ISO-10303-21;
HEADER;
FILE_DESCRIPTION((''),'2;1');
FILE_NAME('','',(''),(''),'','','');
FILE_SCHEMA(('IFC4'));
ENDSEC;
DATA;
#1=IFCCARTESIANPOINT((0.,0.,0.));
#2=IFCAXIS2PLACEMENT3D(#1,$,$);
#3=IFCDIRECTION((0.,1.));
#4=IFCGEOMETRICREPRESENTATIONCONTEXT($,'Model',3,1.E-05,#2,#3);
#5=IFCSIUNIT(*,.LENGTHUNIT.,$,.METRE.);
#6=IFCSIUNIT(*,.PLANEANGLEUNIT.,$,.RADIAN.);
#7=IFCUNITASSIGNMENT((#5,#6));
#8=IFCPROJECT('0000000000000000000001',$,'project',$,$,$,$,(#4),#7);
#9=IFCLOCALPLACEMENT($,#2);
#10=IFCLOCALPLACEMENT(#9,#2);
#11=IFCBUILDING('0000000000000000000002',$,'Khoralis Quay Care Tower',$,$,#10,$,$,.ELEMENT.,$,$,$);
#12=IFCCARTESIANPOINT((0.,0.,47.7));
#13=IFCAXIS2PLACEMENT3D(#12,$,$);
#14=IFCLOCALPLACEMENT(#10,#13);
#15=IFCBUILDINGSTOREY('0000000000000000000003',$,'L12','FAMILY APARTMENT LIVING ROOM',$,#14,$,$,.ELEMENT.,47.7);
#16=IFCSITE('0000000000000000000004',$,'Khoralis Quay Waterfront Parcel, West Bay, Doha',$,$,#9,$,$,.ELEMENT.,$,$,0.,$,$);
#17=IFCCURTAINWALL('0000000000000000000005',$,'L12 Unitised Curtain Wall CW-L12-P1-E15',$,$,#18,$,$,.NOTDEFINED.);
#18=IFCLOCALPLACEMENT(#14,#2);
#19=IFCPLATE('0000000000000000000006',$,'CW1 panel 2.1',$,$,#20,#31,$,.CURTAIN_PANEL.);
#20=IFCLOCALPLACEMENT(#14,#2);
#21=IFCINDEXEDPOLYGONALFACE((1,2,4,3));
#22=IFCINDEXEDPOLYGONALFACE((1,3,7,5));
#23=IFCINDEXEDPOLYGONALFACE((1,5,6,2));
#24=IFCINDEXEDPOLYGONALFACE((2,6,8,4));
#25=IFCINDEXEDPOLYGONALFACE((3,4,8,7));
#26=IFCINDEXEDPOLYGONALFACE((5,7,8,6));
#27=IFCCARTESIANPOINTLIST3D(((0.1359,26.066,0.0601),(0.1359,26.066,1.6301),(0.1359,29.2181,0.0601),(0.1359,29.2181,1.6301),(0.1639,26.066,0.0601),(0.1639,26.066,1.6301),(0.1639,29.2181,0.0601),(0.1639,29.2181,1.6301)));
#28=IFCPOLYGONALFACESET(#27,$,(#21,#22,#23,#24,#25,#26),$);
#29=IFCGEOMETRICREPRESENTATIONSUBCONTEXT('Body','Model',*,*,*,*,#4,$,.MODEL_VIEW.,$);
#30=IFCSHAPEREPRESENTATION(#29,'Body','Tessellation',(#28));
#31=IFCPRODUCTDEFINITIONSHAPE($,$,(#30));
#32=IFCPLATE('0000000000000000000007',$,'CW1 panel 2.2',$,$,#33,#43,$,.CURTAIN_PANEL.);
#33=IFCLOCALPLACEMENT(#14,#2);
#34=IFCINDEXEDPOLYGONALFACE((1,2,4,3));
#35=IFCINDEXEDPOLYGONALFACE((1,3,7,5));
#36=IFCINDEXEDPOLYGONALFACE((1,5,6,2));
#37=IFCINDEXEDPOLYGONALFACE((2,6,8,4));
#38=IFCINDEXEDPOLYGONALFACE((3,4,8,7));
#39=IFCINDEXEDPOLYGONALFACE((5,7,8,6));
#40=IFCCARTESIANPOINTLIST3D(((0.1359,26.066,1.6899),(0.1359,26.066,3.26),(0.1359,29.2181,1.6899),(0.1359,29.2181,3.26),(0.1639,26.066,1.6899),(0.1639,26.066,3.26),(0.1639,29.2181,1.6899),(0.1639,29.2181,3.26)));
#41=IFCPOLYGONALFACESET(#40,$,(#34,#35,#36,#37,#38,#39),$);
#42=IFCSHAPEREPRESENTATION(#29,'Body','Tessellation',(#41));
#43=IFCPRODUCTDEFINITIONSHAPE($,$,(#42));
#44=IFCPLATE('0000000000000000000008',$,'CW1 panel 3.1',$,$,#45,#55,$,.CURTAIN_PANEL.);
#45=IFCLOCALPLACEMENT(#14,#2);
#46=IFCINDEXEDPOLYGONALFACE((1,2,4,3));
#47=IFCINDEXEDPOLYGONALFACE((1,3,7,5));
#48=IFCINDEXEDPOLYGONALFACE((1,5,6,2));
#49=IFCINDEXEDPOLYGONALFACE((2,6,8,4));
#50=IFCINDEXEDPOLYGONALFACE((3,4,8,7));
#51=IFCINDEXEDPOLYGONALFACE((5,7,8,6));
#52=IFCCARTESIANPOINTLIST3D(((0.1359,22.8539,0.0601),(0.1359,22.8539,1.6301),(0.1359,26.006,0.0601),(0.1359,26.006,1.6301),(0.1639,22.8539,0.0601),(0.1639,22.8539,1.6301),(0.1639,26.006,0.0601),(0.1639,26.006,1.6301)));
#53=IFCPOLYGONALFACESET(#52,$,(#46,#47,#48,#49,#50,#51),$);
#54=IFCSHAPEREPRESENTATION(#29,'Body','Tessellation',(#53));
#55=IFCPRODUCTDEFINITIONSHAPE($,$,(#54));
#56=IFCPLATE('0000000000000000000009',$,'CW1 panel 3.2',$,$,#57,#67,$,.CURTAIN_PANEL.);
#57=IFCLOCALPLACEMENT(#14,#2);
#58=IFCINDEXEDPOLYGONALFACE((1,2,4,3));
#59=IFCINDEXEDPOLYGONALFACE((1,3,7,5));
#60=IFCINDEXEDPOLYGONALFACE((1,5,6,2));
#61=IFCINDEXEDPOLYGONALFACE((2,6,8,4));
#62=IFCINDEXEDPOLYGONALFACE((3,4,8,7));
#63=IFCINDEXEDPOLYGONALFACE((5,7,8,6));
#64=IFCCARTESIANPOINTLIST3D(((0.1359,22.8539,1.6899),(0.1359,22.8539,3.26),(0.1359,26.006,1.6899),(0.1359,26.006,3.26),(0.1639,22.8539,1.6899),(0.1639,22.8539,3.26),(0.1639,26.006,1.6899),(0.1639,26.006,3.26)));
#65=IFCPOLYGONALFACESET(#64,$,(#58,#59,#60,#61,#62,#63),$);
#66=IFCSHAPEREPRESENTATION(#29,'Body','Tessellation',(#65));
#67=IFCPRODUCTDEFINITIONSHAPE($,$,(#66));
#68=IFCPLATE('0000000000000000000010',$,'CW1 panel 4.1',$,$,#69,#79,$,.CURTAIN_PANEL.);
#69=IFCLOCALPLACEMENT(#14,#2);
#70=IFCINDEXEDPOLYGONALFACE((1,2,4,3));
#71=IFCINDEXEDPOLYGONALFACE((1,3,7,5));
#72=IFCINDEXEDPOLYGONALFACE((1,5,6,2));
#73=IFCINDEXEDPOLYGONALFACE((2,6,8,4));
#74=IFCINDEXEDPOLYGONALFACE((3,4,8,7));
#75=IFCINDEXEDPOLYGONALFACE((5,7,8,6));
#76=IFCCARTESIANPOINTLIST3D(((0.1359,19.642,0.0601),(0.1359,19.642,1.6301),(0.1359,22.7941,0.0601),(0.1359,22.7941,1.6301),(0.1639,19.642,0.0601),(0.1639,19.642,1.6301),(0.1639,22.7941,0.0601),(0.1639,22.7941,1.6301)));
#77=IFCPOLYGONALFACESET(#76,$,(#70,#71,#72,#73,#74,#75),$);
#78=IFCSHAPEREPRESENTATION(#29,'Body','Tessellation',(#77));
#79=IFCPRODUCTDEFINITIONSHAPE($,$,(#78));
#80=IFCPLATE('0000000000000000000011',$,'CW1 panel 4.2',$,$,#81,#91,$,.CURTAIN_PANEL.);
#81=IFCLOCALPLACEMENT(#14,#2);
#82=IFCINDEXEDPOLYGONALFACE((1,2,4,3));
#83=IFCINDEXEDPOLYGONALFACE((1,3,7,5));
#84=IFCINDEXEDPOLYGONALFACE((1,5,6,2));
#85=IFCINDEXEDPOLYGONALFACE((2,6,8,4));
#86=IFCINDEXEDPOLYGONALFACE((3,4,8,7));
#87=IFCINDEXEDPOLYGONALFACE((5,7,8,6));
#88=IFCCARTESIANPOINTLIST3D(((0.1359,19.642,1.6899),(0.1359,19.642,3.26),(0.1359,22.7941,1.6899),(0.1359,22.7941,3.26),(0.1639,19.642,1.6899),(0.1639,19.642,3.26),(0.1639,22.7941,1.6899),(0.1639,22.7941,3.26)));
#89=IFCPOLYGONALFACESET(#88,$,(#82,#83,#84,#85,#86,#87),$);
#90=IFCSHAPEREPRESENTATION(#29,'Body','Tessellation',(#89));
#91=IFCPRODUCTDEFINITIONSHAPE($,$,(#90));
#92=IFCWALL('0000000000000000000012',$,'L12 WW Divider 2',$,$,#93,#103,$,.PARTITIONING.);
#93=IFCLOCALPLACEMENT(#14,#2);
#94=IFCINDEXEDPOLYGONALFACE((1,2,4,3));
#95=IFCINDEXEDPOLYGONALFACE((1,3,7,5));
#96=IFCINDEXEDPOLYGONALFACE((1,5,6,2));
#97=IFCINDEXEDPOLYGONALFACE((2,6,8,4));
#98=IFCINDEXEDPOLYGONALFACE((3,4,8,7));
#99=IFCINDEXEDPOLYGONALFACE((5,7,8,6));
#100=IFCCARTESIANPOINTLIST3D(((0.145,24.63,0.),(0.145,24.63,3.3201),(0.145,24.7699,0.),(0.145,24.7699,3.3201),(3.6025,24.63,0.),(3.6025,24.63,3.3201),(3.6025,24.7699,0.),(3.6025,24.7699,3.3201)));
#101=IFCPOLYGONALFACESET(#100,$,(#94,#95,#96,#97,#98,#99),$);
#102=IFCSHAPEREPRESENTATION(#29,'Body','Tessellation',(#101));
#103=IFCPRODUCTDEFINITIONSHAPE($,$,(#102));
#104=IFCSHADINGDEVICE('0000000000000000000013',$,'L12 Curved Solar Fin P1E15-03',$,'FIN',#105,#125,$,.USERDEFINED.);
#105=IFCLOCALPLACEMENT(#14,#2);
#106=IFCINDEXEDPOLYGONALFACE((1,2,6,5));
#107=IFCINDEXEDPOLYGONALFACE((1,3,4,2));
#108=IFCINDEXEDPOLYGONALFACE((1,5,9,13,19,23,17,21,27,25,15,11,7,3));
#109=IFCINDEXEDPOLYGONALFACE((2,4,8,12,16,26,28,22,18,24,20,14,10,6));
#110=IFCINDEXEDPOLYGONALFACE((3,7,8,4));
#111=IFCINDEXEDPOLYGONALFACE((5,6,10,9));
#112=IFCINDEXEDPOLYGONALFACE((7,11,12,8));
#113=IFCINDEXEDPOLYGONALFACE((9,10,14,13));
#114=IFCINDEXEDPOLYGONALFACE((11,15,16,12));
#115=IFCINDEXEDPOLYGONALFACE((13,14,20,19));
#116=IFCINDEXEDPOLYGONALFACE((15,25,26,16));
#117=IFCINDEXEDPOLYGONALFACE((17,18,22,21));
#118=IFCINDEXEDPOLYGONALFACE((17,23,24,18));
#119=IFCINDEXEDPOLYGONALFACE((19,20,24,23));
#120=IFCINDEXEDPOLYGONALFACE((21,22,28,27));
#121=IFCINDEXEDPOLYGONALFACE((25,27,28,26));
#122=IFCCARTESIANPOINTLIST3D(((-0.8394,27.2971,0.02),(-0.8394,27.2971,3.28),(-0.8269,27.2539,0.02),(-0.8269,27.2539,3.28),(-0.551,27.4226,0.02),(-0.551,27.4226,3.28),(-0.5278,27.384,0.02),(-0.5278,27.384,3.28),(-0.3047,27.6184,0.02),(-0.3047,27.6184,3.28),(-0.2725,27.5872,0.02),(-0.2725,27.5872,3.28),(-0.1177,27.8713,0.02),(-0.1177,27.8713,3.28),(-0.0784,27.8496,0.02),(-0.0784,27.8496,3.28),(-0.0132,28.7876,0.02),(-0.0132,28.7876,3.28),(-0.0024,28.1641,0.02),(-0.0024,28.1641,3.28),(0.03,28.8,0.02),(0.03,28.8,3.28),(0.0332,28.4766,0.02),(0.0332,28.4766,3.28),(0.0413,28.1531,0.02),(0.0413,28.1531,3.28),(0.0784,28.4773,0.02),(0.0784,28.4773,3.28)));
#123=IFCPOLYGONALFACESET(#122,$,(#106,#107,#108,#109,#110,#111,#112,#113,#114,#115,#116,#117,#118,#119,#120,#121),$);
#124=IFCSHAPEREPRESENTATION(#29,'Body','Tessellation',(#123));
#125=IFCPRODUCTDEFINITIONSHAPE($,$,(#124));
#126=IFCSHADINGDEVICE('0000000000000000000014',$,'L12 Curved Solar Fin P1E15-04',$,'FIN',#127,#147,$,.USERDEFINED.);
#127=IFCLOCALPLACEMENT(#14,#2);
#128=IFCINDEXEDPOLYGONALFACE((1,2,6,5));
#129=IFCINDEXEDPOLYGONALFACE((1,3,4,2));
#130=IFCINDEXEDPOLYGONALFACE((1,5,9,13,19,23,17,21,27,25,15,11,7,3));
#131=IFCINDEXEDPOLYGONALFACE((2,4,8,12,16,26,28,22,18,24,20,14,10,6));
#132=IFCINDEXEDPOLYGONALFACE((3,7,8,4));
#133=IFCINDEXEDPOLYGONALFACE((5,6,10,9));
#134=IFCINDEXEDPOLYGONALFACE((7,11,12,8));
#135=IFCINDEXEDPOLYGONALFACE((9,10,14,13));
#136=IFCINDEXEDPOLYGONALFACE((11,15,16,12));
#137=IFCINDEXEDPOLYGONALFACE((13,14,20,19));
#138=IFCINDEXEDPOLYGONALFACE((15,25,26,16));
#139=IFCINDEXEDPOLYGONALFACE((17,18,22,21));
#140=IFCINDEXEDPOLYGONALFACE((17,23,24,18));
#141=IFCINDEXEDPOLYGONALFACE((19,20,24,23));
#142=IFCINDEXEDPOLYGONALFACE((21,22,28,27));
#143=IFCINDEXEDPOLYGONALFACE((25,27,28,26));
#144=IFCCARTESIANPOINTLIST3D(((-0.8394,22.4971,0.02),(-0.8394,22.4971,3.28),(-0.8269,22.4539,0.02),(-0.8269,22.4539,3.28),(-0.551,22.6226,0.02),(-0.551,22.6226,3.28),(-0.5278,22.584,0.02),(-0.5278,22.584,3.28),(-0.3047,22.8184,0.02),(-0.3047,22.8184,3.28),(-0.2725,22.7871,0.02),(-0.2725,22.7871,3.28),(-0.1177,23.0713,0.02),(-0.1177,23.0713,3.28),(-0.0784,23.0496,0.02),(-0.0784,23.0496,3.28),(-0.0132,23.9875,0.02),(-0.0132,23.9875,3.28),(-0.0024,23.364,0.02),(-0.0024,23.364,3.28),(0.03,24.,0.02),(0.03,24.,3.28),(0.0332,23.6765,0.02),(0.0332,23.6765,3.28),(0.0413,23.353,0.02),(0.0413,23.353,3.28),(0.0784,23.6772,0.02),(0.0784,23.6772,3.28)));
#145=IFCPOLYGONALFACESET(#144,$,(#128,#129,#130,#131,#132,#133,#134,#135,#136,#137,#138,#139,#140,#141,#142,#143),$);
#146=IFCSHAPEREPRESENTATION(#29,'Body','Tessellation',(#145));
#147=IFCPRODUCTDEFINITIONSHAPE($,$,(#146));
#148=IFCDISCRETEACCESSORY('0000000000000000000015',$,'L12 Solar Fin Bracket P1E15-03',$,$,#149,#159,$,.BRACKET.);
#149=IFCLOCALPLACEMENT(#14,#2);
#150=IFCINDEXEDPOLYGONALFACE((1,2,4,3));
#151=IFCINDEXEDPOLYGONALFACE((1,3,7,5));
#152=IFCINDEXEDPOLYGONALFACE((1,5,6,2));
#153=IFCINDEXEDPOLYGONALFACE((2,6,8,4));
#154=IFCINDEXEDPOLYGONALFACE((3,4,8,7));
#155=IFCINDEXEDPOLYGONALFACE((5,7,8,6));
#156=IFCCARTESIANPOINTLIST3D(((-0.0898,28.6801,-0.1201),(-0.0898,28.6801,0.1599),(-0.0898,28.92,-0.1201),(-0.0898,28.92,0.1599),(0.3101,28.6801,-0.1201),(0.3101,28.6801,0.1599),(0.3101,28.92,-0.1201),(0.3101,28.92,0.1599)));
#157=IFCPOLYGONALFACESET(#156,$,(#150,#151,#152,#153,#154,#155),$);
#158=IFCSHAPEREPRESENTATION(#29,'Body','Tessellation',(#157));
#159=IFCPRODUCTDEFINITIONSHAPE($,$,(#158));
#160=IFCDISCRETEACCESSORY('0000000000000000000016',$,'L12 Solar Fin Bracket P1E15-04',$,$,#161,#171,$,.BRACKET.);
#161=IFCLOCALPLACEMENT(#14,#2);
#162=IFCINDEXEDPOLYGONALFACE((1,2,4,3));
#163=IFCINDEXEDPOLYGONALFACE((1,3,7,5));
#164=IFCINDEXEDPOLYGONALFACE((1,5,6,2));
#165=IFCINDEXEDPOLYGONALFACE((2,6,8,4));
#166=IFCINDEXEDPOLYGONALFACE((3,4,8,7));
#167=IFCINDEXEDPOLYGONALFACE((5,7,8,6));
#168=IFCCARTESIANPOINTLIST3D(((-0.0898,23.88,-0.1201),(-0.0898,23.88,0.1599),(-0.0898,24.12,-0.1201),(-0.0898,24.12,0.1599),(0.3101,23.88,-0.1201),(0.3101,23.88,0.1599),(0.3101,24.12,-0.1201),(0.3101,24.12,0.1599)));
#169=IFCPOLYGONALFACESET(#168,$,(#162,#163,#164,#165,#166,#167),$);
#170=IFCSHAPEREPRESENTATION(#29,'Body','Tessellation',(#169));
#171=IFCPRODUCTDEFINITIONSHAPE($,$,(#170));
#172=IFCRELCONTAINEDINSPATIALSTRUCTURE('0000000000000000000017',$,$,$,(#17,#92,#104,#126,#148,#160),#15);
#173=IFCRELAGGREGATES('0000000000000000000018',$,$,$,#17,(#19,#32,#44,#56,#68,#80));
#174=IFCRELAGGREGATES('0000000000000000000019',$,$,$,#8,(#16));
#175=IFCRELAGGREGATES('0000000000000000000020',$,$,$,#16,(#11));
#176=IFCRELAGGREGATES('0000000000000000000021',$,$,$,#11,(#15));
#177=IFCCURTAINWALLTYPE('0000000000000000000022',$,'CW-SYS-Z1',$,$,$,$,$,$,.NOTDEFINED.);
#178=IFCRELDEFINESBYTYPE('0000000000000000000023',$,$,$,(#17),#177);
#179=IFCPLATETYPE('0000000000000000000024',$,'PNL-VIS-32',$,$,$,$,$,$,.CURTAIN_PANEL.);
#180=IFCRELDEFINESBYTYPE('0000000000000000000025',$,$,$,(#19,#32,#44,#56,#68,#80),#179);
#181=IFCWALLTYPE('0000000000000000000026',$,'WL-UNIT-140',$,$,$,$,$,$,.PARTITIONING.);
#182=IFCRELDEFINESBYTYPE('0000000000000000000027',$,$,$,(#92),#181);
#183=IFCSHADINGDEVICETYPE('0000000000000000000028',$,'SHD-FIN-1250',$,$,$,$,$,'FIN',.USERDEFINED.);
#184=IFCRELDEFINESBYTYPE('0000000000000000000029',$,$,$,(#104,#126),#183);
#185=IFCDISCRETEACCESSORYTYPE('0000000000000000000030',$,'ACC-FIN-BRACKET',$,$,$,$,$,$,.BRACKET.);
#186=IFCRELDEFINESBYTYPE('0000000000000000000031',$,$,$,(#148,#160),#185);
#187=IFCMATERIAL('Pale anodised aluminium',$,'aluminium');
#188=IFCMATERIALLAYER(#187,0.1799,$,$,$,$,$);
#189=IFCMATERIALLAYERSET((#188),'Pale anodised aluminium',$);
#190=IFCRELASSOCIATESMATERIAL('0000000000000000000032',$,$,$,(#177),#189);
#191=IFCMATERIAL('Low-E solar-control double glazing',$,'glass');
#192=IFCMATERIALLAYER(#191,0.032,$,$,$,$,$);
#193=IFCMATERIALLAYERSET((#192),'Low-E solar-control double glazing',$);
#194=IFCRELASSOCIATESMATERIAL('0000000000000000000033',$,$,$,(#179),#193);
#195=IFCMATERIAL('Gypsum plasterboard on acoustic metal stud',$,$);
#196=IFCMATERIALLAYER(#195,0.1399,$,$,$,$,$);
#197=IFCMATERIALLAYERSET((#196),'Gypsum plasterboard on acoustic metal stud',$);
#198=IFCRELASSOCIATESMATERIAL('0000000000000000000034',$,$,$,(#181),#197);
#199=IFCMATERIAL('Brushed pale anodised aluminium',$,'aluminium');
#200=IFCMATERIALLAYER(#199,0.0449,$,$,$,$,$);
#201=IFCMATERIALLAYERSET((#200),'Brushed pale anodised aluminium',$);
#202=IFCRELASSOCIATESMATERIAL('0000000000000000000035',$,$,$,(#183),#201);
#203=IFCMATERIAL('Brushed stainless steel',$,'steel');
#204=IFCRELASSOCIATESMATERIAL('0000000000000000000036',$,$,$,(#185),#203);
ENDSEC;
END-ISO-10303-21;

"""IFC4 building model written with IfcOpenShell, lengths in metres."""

from ifc_helpers import new_model, si_unit, direction, frame, frame_2d, origin, origin_2d, place, context, subcontext, project, spatial, polyline, rectangle, outline, extrude, source, transform, mapped, material, layer, layer_set, type_object, element, aggregate, save


model = new_model("IFC4")

# Units and contexts
model_context = context("Model", 3, precision=1e-05, world=origin(), true_north=direction((0.0, 1.0)))
body_context = subcontext(model_context, "Body", "Model", "MODEL_VIEW")
ifc_project = project(units=[si_unit("LENGTHUNIT", "METRE"), si_unit("PLANEANGLEUNIT", "RADIAN")], contexts=[model_context])

# Site, building, storey
site_placement = place(None, origin())
site = spatial("IfcSite", under=ifc_project, at=site_placement, Name="Khoralis Quay Waterfront Parcel, West Bay, Doha", CompositionType="ELEMENT", RefElevation=0.0)
building_placement = place(site_placement, origin())
building = spatial("IfcBuilding", under=site, at=building_placement, Name="Khoralis Quay Care Tower", CompositionType="ELEMENT")
storey_placement = place(building_placement, frame((0.0, 0.0, 47.7)))
storey = spatial("IfcBuildingStorey", under=building, at=storey_placement, Name="L12", Description="FAMILY APARTMENT LIVING ROOM", CompositionType="ELEMENT", Elevation=47.7)

# Curtain wall, plates
ifc_material_1 = material(Name="Pale anodised aluminium", Category="aluminium")
ifc_layer_1 = layer(ifc_material_1, 0.1799)
ifc_layer_set_1 = layer_set([ifc_layer_1], Name="Pale anodised aluminium")
curtain_wall_type = type_object("IfcCurtainWallType", Name="CW-SYS-Z1", PredefinedType="NOTDEFINED", material=ifc_layer_set_1)
curtain_wall_placement = place(storey_placement, origin())
curtain_wall = element("IfcCurtainWall", 1, at=curtain_wall_placement, inside=storey, type_object=curtain_wall_type, Name="L12 Unitised Curtain Wall CW-L12-P1-E15", PredefinedType="NOTDEFINED")
ifc_material_2 = material(Name="Low-E solar-control double glazing", Category="glass")
ifc_layer_2 = layer(ifc_material_2, 0.032)
ifc_layer_set_2 = layer_set([ifc_layer_2], Name="Low-E solar-control double glazing")
plate_type = type_object("IfcPlateType", Name="PNL-VIS-32", PredefinedType="CURTAIN_PANEL", material=ifc_layer_set_2)
shared_shape_1 = source(origin(), body_context, "Body", "SweptSolid", [
    extrude(rectangle(XDim=3.1521, YDim=0.0281, at=origin_2d()), origin(), (0.0, 0.0, 1.0), 1.5701),
])
plate_1_placement = place(storey_placement, frame((0.1499, 27.6421, 0.0601), z_axis=(0.0, 0.0, 1.0), x_axis=(0.0, -1.0, 0.0)))
plate_1 = element("IfcPlate", 2, at=plate_1_placement, type_object=plate_type, Name="CW1 panel 2.1", PredefinedType="CURTAIN_PANEL", context=body_context, shape_type="MappedRepresentation", body=[
    mapped(shared_shape_1, transform((0.0, 0.0, 0.0), scale=1.0)),
])
plate_2_placement = place(storey_placement, frame((0.1499, 27.6421, 1.6899), z_axis=(0.0, 0.0, 1.0), x_axis=(0.0, -1.0, 0.0)))
plate_2 = element("IfcPlate", 3, at=plate_2_placement, type_object=plate_type, Name="CW1 panel 2.2", PredefinedType="CURTAIN_PANEL", context=body_context, shape_type="MappedRepresentation", body=[
    mapped(shared_shape_1, transform((0.0, 0.0, 0.0), scale=1.0)),
])
plate_3_placement = place(storey_placement, frame((0.1499, 24.4299, 0.0601), z_axis=(0.0, 0.0, 1.0), x_axis=(0.0, -1.0, 0.0)))
plate_3 = element("IfcPlate", 4, at=plate_3_placement, type_object=plate_type, Name="CW1 panel 3.1", PredefinedType="CURTAIN_PANEL", context=body_context, shape_type="MappedRepresentation", body=[
    mapped(shared_shape_1, transform((0.0, 0.0, 0.0), scale=1.0)),
])
plate_4_placement = place(storey_placement, frame((0.1499, 24.4299, 1.6899), z_axis=(0.0, 0.0, 1.0), x_axis=(0.0, -1.0, 0.0)))
plate_4 = element("IfcPlate", 5, at=plate_4_placement, type_object=plate_type, Name="CW1 panel 3.2", PredefinedType="CURTAIN_PANEL", context=body_context, shape_type="MappedRepresentation", body=[
    mapped(shared_shape_1, transform((0.0, 0.0, 0.0), scale=1.0)),
])
plate_5_placement = place(storey_placement, frame((0.1499, 21.218, 0.0601), z_axis=(0.0, 0.0, 1.0), x_axis=(0.0, -1.0, 0.0)))
plate_5 = element("IfcPlate", 6, at=plate_5_placement, type_object=plate_type, Name="CW1 panel 4.1", PredefinedType="CURTAIN_PANEL", context=body_context, shape_type="MappedRepresentation", body=[
    mapped(shared_shape_1, transform((0.0, 0.0, 0.0), scale=1.0)),
])
plate_6_placement = place(storey_placement, frame((0.1499, 21.218, 1.6899), z_axis=(0.0, 0.0, 1.0), x_axis=(0.0, -1.0, 0.0)))
plate_6 = element("IfcPlate", 7, at=plate_6_placement, type_object=plate_type, Name="CW1 panel 4.2", PredefinedType="CURTAIN_PANEL", context=body_context, shape_type="MappedRepresentation", body=[
    mapped(shared_shape_1, transform((0.0, 0.0, 0.0), scale=1.0)),
])
aggregate(curtain_wall, [plate_1, plate_2, plate_3, plate_4, plate_5, plate_6])

# Wall
ifc_material_3 = material(Name="Gypsum plasterboard on acoustic metal stud")
ifc_layer_3 = layer(ifc_material_3, 0.1399)
ifc_layer_set_3 = layer_set([ifc_layer_3], Name="Gypsum plasterboard on acoustic metal stud")
wall_type = type_object("IfcWallType", Name="WL-UNIT-140", PredefinedType="PARTITIONING", material=ifc_layer_set_3)
wall_placement = place(storey_placement, frame((0.145, 24.7, 0.0), z_axis=(0.0, 0.0, 1.0), x_axis=(1.0, 0.0, 0.0)))
element("IfcWall", 8, at=wall_placement, inside=storey, type_object=wall_type, Name="L12 WW Divider 2", PredefinedType="PARTITIONING", context=body_context, shape_type="SweptSolid", body=[
    extrude(rectangle(XDim=3.4575, YDim=0.1399, at=frame_2d((1.7288, 0.0))), origin(), (0.0, 0.0, 1.0), 3.3201),
])

# Shading devices
ifc_material_4 = material(Name="Brushed pale anodised aluminium", Category="aluminium")
ifc_layer_4 = layer(ifc_material_4, 0.0449)
ifc_layer_set_4 = layer_set([ifc_layer_4], Name="Brushed pale anodised aluminium")
shading_device_type = type_object("IfcShadingDeviceType", Name="SHD-FIN-1250", ElementType="FIN", PredefinedType="USERDEFINED", material=ifc_layer_set_4)
shared_shape_2 = source(origin(), body_context, "Body", "SweptSolid", [
    extrude(outline(polyline([(0.0, 0.0), (-0.0483, 0.3228), (-0.0112, 0.647), (0.1084, 0.9504), (0.3025, 1.2129), (0.5579, 1.416), (0.8569, 1.5461), (0.8694, 1.5029), (0.5811, 1.3774), (0.3347, 1.1816), (0.1477, 0.9287), (0.0325, 0.636), (-0.0032, 0.3235), (0.0432, 0.0125), (0.0, 0.0)])), origin(), (0.0, 0.0, 1.0), 3.26),
])
for number, where, z_axis, x_axis, name in (
    (9, (0.03, 28.8, 0.02), (0.0, 0.0, 1.0), (-1.0, 0.0, 0.0), "L12 Curved Solar Fin P1E15-03"),
    (10, (0.03, 24.0, 0.02), (0.0, 0.0, 1.0), (-1.0, 0.0, 0.0), "L12 Curved Solar Fin P1E15-04"),
):
    element("IfcShadingDevice", number, at=place(storey_placement, frame(where, z_axis=z_axis, x_axis=x_axis)), inside=storey, type_object=shading_device_type, Name=name, ObjectType="FIN", PredefinedType="USERDEFINED", context=body_context, shape_type="MappedRepresentation", body=[
        mapped(shared_shape_2, transform((0.0, 0.0, 0.0), scale=1.0)),
    ])

# Discrete accessories
ifc_material_5 = material(Name="Brushed stainless steel", Category="steel")
discrete_accessory_type = type_object("IfcDiscreteAccessoryType", Name="ACC-FIN-BRACKET", PredefinedType="BRACKET", material=ifc_material_5)
shared_shape_3 = source(origin(), body_context, "Body", "SweptSolid", [
    extrude(rectangle(XDim=0.3999, YDim=0.24, at=origin_2d()), origin(), (0.0, 0.0, 1.0), 0.28),
])
for number, where, z_axis, x_axis, name in (
    (11, (0.1101, 28.8, -0.1201), (0.0, 0.0, 1.0), (-1.0, 0.0, 0.0), "L12 Solar Fin Bracket P1E15-03"),
    (12, (0.1101, 24.0, -0.1201), (0.0, 0.0, 1.0), (-1.0, 0.0, 0.0), "L12 Solar Fin Bracket P1E15-04"),
):
    element("IfcDiscreteAccessory", number, at=place(storey_placement, frame(where, z_axis=z_axis, x_axis=x_axis)), inside=storey, type_object=discrete_accessory_type, Name=name, PredefinedType="BRACKET", context=body_context, shape_type="MappedRepresentation", body=[
        mapped(shared_shape_3, transform((0.0, 0.0, 0.0), scale=1.0)),
    ])

save(model, "model.ifc")
